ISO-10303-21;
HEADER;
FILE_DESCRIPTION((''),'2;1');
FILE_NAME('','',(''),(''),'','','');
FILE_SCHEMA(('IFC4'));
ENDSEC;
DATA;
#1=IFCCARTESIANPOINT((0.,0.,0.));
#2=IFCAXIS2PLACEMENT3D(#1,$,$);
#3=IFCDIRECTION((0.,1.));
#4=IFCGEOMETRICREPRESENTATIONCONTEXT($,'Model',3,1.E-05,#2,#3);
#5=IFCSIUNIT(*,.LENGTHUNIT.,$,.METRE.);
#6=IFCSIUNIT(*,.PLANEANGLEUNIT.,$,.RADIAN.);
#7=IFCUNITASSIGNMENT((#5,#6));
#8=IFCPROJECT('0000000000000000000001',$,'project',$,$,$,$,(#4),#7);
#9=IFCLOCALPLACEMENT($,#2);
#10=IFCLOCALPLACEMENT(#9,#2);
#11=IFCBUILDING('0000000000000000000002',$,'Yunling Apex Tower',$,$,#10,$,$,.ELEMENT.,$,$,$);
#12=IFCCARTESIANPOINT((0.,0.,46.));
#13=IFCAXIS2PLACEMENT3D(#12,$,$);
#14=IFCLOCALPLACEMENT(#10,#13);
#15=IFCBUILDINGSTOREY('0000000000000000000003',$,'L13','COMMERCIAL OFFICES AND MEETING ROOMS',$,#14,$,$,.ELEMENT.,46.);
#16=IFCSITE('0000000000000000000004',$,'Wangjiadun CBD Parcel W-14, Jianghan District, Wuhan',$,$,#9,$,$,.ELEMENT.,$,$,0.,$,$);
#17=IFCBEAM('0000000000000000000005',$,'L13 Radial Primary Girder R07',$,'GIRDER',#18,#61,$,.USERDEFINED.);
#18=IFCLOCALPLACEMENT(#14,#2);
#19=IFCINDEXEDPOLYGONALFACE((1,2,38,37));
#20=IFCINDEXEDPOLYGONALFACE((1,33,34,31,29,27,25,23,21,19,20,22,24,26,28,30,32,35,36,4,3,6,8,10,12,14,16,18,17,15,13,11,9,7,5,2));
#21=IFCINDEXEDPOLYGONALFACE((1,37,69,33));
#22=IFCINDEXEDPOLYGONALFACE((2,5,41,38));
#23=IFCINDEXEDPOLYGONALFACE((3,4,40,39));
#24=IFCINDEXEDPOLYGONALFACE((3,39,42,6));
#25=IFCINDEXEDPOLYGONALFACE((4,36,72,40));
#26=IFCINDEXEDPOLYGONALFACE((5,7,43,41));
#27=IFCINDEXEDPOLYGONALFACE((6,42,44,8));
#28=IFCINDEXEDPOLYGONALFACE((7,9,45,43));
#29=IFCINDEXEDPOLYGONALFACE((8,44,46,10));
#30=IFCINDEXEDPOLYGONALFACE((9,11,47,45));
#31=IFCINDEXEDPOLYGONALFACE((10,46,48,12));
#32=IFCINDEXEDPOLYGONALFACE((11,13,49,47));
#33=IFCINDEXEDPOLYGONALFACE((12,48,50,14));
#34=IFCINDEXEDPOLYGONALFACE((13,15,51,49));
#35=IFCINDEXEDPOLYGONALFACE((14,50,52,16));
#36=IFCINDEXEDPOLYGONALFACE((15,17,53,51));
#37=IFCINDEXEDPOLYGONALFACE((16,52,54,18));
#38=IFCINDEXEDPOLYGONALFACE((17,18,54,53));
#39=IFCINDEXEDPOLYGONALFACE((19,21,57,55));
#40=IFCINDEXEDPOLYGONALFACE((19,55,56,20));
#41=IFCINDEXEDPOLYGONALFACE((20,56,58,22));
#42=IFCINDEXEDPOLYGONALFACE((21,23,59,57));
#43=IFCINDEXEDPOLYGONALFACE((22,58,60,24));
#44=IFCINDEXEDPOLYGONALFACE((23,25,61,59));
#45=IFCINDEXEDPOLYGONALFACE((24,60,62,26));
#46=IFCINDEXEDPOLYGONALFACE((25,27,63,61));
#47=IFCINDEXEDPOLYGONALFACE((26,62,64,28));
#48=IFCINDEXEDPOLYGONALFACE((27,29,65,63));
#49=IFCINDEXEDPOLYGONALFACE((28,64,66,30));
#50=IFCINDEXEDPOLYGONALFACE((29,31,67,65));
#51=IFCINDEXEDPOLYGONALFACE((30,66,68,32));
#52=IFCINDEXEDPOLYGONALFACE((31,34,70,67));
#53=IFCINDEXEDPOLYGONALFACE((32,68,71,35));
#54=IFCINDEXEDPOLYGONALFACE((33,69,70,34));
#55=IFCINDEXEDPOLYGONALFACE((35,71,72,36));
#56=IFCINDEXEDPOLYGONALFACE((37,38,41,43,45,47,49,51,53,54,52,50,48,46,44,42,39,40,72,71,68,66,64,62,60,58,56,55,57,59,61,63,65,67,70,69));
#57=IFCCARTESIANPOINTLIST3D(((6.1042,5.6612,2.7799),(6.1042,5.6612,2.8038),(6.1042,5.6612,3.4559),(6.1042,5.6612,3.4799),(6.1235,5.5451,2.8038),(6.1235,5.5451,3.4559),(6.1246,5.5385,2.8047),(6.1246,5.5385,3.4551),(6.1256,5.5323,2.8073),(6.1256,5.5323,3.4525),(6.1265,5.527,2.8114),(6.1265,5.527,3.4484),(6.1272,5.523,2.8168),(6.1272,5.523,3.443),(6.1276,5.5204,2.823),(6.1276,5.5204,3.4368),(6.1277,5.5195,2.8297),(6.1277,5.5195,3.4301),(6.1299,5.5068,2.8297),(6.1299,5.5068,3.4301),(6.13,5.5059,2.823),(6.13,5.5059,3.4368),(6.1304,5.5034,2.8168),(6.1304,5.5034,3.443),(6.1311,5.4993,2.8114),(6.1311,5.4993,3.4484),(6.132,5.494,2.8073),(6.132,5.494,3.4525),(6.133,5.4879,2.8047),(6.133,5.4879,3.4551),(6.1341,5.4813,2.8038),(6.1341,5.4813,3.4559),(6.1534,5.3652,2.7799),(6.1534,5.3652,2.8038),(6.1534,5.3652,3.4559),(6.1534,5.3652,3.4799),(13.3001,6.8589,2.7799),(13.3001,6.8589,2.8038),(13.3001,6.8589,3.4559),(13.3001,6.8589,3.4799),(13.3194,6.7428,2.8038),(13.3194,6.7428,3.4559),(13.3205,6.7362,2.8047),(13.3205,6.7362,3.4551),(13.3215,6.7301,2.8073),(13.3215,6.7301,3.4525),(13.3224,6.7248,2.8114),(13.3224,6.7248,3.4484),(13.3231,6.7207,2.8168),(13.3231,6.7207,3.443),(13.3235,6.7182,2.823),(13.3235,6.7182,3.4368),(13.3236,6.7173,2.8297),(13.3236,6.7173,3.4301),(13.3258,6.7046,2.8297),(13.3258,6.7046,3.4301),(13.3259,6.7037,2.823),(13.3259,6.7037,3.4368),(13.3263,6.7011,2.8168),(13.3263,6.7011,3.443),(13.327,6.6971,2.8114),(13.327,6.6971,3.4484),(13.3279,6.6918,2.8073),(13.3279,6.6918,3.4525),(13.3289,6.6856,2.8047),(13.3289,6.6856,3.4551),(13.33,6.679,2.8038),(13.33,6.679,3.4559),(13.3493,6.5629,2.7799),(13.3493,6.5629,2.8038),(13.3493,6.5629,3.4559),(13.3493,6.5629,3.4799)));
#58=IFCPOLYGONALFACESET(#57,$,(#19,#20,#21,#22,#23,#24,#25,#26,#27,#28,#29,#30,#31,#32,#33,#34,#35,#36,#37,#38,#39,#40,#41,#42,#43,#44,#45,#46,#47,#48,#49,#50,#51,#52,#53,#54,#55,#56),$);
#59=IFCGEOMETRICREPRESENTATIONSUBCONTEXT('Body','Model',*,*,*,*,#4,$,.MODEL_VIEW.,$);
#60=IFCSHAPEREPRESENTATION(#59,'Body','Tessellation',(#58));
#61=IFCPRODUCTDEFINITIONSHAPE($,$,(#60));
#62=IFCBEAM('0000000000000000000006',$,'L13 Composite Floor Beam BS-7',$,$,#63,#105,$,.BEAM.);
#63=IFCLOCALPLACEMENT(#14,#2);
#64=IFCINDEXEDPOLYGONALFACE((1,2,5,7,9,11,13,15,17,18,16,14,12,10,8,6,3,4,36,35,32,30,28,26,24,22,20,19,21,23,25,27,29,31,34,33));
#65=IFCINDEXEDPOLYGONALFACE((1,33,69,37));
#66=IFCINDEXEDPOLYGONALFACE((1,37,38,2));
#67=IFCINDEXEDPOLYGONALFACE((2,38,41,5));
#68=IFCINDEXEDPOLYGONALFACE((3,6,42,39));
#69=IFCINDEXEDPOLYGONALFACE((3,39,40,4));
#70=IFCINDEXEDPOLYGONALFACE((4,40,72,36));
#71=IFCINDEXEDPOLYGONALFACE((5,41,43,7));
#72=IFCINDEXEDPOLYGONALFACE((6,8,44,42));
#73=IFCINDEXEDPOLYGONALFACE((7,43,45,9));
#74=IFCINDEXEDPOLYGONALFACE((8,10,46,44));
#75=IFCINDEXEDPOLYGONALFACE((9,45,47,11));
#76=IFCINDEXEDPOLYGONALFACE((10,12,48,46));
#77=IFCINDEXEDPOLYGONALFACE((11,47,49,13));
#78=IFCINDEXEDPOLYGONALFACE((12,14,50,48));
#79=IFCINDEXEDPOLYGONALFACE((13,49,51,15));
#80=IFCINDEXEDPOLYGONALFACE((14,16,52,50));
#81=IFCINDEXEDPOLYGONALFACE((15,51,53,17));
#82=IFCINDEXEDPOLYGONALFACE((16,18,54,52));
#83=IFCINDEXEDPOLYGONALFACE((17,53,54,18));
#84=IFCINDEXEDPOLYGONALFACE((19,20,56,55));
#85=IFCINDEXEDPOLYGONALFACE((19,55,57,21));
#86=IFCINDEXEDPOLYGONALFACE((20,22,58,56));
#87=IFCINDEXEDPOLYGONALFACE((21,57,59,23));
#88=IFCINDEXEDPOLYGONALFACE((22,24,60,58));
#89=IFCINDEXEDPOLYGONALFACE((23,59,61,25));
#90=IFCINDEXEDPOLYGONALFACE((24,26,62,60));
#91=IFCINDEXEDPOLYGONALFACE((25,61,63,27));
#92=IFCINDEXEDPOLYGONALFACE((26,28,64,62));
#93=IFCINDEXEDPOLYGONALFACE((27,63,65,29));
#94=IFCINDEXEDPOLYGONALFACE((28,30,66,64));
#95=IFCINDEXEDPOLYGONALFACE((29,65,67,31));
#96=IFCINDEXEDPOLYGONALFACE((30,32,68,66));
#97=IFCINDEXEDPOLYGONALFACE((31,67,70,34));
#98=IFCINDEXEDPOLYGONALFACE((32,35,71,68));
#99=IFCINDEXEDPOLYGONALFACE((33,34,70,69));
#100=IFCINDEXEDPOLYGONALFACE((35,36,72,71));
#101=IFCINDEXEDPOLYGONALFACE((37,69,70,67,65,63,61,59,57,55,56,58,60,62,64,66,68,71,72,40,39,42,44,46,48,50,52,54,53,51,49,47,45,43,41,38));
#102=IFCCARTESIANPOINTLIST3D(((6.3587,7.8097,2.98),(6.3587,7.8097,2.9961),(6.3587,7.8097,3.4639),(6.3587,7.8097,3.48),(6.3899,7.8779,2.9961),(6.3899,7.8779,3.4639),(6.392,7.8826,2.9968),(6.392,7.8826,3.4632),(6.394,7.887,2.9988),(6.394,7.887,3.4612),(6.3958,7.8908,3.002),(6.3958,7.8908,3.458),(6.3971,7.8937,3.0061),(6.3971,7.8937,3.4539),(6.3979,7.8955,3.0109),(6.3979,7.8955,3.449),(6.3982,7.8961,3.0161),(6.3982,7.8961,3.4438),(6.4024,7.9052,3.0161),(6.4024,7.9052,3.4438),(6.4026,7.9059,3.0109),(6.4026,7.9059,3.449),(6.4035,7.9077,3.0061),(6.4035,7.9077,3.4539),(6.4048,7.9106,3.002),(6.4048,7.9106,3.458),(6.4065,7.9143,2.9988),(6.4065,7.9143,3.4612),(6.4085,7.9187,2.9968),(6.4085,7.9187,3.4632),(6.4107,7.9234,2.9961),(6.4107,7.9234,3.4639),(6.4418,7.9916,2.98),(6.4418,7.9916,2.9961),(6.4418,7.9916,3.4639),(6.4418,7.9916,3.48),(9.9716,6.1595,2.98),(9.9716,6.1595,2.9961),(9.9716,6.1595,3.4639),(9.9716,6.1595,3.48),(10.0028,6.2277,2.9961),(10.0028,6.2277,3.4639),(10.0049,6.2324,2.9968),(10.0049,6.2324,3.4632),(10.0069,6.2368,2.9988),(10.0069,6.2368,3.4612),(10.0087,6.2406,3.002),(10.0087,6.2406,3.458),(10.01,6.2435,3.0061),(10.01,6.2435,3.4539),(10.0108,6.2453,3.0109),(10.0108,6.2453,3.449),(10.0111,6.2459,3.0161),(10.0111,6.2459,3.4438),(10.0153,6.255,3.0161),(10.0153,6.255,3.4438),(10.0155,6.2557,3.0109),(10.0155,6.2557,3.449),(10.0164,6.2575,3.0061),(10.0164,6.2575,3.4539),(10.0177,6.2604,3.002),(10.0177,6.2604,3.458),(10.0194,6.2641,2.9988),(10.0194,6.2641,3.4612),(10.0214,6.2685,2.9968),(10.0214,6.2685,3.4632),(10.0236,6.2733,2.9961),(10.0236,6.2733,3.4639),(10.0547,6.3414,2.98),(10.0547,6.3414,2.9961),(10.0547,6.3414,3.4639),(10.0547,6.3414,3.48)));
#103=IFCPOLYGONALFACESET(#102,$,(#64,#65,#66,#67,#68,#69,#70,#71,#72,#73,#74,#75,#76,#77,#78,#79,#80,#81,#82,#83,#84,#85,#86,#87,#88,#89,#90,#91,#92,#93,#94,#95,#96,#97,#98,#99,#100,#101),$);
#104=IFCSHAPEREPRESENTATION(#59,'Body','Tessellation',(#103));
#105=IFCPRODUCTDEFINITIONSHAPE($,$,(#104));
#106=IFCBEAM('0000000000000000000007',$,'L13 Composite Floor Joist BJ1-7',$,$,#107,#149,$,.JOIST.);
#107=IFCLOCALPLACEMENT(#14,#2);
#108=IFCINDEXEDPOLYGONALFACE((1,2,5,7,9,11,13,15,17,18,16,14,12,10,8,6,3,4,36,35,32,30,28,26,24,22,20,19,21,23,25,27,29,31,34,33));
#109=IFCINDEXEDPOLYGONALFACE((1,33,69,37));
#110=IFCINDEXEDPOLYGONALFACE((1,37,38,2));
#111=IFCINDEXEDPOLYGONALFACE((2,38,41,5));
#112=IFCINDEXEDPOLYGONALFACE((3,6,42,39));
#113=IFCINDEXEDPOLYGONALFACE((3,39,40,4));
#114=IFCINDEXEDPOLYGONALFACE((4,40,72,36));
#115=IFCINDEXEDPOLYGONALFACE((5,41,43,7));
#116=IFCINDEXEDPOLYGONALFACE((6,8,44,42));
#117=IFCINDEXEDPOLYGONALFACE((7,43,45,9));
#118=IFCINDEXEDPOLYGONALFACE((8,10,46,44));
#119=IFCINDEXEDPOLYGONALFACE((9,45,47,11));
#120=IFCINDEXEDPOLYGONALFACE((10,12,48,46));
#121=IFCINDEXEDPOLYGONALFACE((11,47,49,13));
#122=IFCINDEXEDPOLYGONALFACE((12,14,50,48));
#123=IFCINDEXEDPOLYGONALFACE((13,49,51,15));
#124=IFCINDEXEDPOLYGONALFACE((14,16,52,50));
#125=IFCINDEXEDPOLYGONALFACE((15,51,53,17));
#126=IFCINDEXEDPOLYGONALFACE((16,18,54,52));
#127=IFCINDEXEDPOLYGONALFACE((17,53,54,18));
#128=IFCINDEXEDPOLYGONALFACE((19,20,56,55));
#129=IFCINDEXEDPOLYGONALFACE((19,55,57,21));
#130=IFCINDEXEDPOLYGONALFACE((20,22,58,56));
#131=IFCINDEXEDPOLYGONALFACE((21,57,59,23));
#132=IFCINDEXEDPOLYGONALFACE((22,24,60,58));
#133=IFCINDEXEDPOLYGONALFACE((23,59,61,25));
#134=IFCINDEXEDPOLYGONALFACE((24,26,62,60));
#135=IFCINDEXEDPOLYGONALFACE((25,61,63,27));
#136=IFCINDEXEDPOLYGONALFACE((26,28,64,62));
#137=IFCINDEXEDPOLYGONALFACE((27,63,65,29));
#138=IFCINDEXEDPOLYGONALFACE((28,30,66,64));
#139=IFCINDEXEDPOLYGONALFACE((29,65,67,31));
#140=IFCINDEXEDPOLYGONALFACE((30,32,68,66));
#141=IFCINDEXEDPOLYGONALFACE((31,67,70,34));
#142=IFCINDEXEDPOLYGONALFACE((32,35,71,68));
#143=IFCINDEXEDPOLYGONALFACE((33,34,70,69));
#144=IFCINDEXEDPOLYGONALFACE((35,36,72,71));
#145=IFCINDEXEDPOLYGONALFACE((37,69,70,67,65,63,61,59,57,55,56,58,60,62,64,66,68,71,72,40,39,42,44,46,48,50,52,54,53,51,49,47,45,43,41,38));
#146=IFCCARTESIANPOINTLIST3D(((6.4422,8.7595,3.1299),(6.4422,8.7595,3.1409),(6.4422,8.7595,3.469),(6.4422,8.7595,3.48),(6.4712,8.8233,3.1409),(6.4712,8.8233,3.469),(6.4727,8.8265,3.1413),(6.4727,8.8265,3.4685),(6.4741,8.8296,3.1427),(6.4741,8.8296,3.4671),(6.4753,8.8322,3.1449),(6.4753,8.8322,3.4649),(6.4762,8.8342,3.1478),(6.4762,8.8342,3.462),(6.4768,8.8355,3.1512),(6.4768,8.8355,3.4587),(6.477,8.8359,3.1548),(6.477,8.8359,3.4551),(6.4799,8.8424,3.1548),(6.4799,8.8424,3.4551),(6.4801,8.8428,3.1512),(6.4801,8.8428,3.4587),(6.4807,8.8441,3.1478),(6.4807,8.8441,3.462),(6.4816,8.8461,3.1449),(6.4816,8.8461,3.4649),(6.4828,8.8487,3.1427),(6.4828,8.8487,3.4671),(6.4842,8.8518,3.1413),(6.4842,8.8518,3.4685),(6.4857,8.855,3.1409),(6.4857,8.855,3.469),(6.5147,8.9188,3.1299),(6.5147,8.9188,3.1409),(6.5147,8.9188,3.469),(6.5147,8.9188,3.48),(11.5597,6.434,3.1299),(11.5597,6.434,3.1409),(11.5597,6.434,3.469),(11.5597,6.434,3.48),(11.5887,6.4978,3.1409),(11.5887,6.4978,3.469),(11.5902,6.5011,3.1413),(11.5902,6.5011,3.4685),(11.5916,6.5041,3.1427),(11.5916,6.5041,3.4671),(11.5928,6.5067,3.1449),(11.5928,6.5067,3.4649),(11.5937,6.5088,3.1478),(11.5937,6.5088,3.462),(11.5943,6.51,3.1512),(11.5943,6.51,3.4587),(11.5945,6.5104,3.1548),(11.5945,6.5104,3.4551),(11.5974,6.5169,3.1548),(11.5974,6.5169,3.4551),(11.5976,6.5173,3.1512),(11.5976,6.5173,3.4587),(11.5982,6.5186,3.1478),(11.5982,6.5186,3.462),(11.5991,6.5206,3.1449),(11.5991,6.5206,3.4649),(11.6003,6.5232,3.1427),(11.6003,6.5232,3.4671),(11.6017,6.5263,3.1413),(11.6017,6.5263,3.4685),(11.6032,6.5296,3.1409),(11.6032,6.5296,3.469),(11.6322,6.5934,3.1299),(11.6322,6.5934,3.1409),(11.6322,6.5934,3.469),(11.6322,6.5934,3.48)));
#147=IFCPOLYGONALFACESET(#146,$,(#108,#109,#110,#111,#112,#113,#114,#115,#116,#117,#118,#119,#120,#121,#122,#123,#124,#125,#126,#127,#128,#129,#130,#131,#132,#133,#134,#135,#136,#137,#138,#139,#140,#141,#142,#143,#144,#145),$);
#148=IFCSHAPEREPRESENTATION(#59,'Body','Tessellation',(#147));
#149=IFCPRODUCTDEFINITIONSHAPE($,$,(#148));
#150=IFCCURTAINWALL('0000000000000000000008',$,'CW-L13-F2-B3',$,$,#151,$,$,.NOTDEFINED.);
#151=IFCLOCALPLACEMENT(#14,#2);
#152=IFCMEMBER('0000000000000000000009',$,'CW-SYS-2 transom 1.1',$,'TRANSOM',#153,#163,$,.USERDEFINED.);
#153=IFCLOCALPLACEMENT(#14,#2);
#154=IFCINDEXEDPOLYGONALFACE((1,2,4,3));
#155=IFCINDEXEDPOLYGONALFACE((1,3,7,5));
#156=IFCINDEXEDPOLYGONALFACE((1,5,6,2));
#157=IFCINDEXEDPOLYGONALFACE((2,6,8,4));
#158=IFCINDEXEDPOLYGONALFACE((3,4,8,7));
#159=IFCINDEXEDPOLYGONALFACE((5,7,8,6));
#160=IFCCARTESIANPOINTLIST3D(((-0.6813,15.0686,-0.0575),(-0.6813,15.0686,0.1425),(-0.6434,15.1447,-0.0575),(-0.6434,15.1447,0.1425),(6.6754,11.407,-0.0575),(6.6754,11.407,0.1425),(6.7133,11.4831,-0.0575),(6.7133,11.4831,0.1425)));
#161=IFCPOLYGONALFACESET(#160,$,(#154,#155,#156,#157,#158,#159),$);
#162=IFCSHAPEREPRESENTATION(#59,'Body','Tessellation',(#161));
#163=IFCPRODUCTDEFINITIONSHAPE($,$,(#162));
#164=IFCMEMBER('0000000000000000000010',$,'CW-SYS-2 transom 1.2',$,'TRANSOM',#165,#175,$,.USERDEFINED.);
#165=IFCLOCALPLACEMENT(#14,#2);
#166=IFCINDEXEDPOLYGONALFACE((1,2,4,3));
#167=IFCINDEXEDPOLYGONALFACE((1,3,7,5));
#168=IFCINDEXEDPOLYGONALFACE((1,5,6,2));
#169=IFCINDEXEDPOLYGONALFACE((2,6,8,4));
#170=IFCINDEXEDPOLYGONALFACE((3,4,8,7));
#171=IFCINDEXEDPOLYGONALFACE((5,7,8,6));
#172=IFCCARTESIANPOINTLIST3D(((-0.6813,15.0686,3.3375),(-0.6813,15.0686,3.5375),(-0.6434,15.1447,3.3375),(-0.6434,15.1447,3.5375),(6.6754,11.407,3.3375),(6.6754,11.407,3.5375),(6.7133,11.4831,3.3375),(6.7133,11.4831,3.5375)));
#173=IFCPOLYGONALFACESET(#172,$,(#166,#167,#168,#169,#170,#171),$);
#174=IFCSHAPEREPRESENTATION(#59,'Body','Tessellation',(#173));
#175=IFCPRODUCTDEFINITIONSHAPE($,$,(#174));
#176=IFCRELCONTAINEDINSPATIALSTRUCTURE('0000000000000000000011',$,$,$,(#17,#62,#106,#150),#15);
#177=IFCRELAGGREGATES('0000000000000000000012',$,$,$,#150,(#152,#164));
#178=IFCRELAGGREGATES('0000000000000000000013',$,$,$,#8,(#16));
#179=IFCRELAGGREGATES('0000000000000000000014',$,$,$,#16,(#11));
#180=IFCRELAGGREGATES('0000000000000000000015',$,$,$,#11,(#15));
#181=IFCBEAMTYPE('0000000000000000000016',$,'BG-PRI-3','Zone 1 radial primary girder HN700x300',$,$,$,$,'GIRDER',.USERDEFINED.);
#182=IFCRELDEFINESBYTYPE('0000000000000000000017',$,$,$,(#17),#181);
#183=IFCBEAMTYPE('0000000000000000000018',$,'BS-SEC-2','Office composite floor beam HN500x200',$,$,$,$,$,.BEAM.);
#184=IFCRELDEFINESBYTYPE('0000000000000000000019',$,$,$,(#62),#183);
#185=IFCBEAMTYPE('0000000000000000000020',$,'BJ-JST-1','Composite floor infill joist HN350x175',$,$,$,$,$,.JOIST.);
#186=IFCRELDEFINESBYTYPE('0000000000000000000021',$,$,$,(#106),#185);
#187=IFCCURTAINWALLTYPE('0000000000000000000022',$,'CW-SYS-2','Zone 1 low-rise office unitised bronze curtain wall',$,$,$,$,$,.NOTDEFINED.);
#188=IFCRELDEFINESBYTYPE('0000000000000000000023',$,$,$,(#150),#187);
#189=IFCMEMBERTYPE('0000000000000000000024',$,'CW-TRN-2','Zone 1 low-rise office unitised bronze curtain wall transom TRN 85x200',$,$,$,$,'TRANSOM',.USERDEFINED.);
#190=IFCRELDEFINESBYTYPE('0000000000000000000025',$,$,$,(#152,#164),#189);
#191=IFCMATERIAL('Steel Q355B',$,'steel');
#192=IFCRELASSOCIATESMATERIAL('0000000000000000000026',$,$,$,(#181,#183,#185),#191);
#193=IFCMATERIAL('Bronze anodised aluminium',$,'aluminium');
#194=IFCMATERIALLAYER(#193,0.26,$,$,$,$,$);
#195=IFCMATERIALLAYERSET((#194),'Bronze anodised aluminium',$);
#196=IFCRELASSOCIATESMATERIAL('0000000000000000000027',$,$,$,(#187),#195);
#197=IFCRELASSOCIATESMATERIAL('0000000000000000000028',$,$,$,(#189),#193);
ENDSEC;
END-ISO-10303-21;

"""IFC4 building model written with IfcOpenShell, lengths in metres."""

from ifc_helpers import new_model, si_unit, direction, frame, origin, origin_2d, place, context, subcontext, project, spatial, rectangle, i_section, extrude, source, transform, mapped, material, layer, layer_set, material_profile, profile_set, type_object, element, aggregate, save


model = new_model("IFC4")

# Units and contexts
model_context = context("Model", 3, precision=1e-05, world=origin(), true_north=direction((0.0, 1.0)))
body_context = subcontext(model_context, "Body", "Model", "MODEL_VIEW")
ifc_project = project(units=[si_unit("LENGTHUNIT", "METRE"), si_unit("PLANEANGLEUNIT", "RADIAN")], contexts=[model_context])

# Site, building, storey
site_placement = place(None, origin())
site = spatial("IfcSite", under=ifc_project, at=site_placement, Name="Wangjiadun CBD Parcel W-14, Jianghan District, Wuhan", CompositionType="ELEMENT", RefElevation=0.0)
building_placement = place(site_placement, origin())
building = spatial("IfcBuilding", under=site, at=building_placement, Name="Yunling Apex Tower", CompositionType="ELEMENT")
storey_placement = place(building_placement, frame((0.0, 0.0, 46.0)))
storey = spatial("IfcBuildingStorey", under=building, at=storey_placement, Name="L13", Description="COMMERCIAL OFFICES AND MEETING ROOMS", CompositionType="ELEMENT", Elevation=46.0)

# Beams
ifc_material_1 = material(Name="Steel Q355B", Category="steel")
ifc_material_profile_1 = material_profile(ifc_material_1, i_section(OverallWidth=0.3, OverallDepth=0.7, WebThickness=0.0129, FlangeThickness=0.0239, FilletRadius=0.0259, at=origin_2d()))
ifc_profile_set_1 = profile_set([ifc_material_profile_1], Name="Steel Q355B")
beam_type_1 = type_object("IfcBeamType", Name="BG-PRI-3", Description="Zone 1 radial primary girder HN700x300", ElementType="GIRDER", PredefinedType="USERDEFINED", material=ifc_profile_set_1)
shared_shape_1 = source(origin(), body_context, "Body", "SweptSolid", [
    extrude(i_section(OverallWidth=0.3, OverallDepth=0.7, WebThickness=0.0129, FlangeThickness=0.0239, FilletRadius=0.0259, at=origin_2d()), origin(), (0.0, 0.0, 1.0), 7.2949),
])
beam_1_placement = place(storey_placement, frame((13.3247, 6.7109, 3.1299), z_axis=(-0.986428, -0.164193, 0.0), x_axis=(0.164193, -0.986428, 0.0)))
element("IfcBeam", 1, at=beam_1_placement, inside=storey, type_object=beam_type_1, Name="L13 Radial Primary Girder R07", ObjectType="GIRDER", PredefinedType="USERDEFINED", context=body_context, shape_type="MappedRepresentation", body=[
    mapped(shared_shape_1, transform((0.0, 0.0, 0.0), scale=1.0)),
])
ifc_material_profile_2 = material_profile(ifc_material_1, i_section(OverallWidth=0.2, OverallDepth=0.5, WebThickness=0.01, FlangeThickness=0.0161, FilletRadius=0.02, at=origin_2d()))
ifc_profile_set_2 = profile_set([ifc_material_profile_2], Name="Steel Q355B")
beam_type_2 = type_object("IfcBeamType", Name="BS-SEC-2", Description="Office composite floor beam HN500x200", PredefinedType="BEAM", material=ifc_profile_set_2)
shared_shape_2 = source(origin(), body_context, "Body", "SweptSolid", [
    extrude(i_section(OverallWidth=0.2, OverallDepth=0.5, WebThickness=0.01, FlangeThickness=0.0161, FilletRadius=0.02, at=origin_2d()), origin(), (0.0, 0.0, 1.0), 3.9719),
])
beam_2_placement = place(storey_placement, frame((10.0132, 6.2505, 3.23), z_axis=(-0.909609, 0.415465, 0.0), x_axis=(-0.415465, -0.909609, 0.0)))
element("IfcBeam", 2, at=beam_2_placement, inside=storey, type_object=beam_type_2, Name="L13 Composite Floor Beam BS-7", PredefinedType="BEAM", context=body_context, shape_type="MappedRepresentation", body=[
    mapped(shared_shape_2, transform((0.0, 0.0, 0.0), scale=1.0)),
])
ifc_material_profile_3 = material_profile(ifc_material_1, i_section(OverallWidth=0.175, OverallDepth=0.3501, WebThickness=0.0071, FlangeThickness=0.011, FilletRadius=0.0139, at=origin_2d()))
ifc_profile_set_3 = profile_set([ifc_material_profile_3], Name="Steel Q355B")
beam_type_3 = type_object("IfcBeamType", Name="BJ-JST-1", Description="Composite floor infill joist HN350x175", PredefinedType="JOIST", material=ifc_profile_set_3)
shared_shape_3 = source(origin(), body_context, "Body", "SweptSolid", [
    extrude(i_section(OverallWidth=0.175, OverallDepth=0.3501, WebThickness=0.0071, FlangeThickness=0.011, FilletRadius=0.0139, at=origin_2d()), origin(), (0.0, 0.0, 1.0), 5.6211),
])
beam_3_placement = place(storey_placement, frame((11.5959, 6.5137, 3.3049), z_axis=(-0.910411, 0.413705, 0.0), x_axis=(-0.413705, -0.910411, 0.0)))
element("IfcBeam", 3, at=beam_3_placement, inside=storey, type_object=beam_type_3, Name="L13 Composite Floor Joist BJ1-7", PredefinedType="JOIST", context=body_context, shape_type="MappedRepresentation", body=[
    mapped(shared_shape_3, transform((0.0, 0.0, 0.0), scale=1.0)),
])

# Curtain wall, members
ifc_material_2 = material(Name="Bronze anodised aluminium", Category="aluminium")
ifc_layer_1 = layer(ifc_material_2, 0.26)
ifc_layer_set_1 = layer_set([ifc_layer_1], Name="Bronze anodised aluminium")
curtain_wall_type = type_object("IfcCurtainWallType", Name="CW-SYS-2", Description="Zone 1 low-rise office unitised bronze curtain wall", PredefinedType="NOTDEFINED", material=ifc_layer_set_1)
curtain_wall_1_placement = place(storey_placement, origin())
curtain_wall_1 = element("IfcCurtainWall", 4, at=curtain_wall_1_placement, inside=storey, type_object=curtain_wall_type, Name="CW-L13-F2-B3", PredefinedType="NOTDEFINED")
ifc_material_profile_4 = material_profile(ifc_material_2, rectangle(XDim=0.085, YDim=0.2, at=origin_2d()))
ifc_profile_set_4 = profile_set([ifc_material_profile_4], Name="Bronze anodised aluminium")
member_type_1 = type_object("IfcMemberType", Name="CW-TRN-2", Description="Zone 1 low-rise office unitised bronze curtain wall transom TRN 85x200", ElementType="TRANSOM", PredefinedType="USERDEFINED", material=ifc_profile_set_4)
shared_shape_4 = source(origin(), body_context, "Body", "SweptSolid", [
    extrude(rectangle(XDim=0.085, YDim=0.2, at=origin_2d()), origin(), (0.0, 0.0, 1.0), 8.2175),
])
member_1_placement = place(storey_placement, frame((6.6943, 11.4451, 0.0425), z_axis=(-0.89524, 0.445585, 0.0), x_axis=(-0.445585, -0.89524, 0.0)))
member_1 = element("IfcMember", 5, at=member_1_placement, type_object=member_type_1, Name="CW-SYS-2 transom 1.1", ObjectType="TRANSOM", PredefinedType="USERDEFINED", context=body_context, shape_type="MappedRepresentation", body=[
    mapped(shared_shape_4, transform((0.0, 0.0, 0.0), scale=1.0)),
])
member_2_placement = place(storey_placement, frame((6.6943, 11.4451, 3.4375), z_axis=(-0.89524, 0.445585, 0.0), x_axis=(-0.445585, -0.89524, 0.0)))
member_2 = element("IfcMember", 6, at=member_2_placement, type_object=member_type_1, Name="CW-SYS-2 transom 1.2", ObjectType="TRANSOM", PredefinedType="USERDEFINED", context=body_context, shape_type="MappedRepresentation", body=[
    mapped(shared_shape_4, transform((0.0, 0.0, 0.0), scale=1.0)),
])

aggregate(curtain_wall_1, [member_1, member_2])

save(model, "model.ifc")
